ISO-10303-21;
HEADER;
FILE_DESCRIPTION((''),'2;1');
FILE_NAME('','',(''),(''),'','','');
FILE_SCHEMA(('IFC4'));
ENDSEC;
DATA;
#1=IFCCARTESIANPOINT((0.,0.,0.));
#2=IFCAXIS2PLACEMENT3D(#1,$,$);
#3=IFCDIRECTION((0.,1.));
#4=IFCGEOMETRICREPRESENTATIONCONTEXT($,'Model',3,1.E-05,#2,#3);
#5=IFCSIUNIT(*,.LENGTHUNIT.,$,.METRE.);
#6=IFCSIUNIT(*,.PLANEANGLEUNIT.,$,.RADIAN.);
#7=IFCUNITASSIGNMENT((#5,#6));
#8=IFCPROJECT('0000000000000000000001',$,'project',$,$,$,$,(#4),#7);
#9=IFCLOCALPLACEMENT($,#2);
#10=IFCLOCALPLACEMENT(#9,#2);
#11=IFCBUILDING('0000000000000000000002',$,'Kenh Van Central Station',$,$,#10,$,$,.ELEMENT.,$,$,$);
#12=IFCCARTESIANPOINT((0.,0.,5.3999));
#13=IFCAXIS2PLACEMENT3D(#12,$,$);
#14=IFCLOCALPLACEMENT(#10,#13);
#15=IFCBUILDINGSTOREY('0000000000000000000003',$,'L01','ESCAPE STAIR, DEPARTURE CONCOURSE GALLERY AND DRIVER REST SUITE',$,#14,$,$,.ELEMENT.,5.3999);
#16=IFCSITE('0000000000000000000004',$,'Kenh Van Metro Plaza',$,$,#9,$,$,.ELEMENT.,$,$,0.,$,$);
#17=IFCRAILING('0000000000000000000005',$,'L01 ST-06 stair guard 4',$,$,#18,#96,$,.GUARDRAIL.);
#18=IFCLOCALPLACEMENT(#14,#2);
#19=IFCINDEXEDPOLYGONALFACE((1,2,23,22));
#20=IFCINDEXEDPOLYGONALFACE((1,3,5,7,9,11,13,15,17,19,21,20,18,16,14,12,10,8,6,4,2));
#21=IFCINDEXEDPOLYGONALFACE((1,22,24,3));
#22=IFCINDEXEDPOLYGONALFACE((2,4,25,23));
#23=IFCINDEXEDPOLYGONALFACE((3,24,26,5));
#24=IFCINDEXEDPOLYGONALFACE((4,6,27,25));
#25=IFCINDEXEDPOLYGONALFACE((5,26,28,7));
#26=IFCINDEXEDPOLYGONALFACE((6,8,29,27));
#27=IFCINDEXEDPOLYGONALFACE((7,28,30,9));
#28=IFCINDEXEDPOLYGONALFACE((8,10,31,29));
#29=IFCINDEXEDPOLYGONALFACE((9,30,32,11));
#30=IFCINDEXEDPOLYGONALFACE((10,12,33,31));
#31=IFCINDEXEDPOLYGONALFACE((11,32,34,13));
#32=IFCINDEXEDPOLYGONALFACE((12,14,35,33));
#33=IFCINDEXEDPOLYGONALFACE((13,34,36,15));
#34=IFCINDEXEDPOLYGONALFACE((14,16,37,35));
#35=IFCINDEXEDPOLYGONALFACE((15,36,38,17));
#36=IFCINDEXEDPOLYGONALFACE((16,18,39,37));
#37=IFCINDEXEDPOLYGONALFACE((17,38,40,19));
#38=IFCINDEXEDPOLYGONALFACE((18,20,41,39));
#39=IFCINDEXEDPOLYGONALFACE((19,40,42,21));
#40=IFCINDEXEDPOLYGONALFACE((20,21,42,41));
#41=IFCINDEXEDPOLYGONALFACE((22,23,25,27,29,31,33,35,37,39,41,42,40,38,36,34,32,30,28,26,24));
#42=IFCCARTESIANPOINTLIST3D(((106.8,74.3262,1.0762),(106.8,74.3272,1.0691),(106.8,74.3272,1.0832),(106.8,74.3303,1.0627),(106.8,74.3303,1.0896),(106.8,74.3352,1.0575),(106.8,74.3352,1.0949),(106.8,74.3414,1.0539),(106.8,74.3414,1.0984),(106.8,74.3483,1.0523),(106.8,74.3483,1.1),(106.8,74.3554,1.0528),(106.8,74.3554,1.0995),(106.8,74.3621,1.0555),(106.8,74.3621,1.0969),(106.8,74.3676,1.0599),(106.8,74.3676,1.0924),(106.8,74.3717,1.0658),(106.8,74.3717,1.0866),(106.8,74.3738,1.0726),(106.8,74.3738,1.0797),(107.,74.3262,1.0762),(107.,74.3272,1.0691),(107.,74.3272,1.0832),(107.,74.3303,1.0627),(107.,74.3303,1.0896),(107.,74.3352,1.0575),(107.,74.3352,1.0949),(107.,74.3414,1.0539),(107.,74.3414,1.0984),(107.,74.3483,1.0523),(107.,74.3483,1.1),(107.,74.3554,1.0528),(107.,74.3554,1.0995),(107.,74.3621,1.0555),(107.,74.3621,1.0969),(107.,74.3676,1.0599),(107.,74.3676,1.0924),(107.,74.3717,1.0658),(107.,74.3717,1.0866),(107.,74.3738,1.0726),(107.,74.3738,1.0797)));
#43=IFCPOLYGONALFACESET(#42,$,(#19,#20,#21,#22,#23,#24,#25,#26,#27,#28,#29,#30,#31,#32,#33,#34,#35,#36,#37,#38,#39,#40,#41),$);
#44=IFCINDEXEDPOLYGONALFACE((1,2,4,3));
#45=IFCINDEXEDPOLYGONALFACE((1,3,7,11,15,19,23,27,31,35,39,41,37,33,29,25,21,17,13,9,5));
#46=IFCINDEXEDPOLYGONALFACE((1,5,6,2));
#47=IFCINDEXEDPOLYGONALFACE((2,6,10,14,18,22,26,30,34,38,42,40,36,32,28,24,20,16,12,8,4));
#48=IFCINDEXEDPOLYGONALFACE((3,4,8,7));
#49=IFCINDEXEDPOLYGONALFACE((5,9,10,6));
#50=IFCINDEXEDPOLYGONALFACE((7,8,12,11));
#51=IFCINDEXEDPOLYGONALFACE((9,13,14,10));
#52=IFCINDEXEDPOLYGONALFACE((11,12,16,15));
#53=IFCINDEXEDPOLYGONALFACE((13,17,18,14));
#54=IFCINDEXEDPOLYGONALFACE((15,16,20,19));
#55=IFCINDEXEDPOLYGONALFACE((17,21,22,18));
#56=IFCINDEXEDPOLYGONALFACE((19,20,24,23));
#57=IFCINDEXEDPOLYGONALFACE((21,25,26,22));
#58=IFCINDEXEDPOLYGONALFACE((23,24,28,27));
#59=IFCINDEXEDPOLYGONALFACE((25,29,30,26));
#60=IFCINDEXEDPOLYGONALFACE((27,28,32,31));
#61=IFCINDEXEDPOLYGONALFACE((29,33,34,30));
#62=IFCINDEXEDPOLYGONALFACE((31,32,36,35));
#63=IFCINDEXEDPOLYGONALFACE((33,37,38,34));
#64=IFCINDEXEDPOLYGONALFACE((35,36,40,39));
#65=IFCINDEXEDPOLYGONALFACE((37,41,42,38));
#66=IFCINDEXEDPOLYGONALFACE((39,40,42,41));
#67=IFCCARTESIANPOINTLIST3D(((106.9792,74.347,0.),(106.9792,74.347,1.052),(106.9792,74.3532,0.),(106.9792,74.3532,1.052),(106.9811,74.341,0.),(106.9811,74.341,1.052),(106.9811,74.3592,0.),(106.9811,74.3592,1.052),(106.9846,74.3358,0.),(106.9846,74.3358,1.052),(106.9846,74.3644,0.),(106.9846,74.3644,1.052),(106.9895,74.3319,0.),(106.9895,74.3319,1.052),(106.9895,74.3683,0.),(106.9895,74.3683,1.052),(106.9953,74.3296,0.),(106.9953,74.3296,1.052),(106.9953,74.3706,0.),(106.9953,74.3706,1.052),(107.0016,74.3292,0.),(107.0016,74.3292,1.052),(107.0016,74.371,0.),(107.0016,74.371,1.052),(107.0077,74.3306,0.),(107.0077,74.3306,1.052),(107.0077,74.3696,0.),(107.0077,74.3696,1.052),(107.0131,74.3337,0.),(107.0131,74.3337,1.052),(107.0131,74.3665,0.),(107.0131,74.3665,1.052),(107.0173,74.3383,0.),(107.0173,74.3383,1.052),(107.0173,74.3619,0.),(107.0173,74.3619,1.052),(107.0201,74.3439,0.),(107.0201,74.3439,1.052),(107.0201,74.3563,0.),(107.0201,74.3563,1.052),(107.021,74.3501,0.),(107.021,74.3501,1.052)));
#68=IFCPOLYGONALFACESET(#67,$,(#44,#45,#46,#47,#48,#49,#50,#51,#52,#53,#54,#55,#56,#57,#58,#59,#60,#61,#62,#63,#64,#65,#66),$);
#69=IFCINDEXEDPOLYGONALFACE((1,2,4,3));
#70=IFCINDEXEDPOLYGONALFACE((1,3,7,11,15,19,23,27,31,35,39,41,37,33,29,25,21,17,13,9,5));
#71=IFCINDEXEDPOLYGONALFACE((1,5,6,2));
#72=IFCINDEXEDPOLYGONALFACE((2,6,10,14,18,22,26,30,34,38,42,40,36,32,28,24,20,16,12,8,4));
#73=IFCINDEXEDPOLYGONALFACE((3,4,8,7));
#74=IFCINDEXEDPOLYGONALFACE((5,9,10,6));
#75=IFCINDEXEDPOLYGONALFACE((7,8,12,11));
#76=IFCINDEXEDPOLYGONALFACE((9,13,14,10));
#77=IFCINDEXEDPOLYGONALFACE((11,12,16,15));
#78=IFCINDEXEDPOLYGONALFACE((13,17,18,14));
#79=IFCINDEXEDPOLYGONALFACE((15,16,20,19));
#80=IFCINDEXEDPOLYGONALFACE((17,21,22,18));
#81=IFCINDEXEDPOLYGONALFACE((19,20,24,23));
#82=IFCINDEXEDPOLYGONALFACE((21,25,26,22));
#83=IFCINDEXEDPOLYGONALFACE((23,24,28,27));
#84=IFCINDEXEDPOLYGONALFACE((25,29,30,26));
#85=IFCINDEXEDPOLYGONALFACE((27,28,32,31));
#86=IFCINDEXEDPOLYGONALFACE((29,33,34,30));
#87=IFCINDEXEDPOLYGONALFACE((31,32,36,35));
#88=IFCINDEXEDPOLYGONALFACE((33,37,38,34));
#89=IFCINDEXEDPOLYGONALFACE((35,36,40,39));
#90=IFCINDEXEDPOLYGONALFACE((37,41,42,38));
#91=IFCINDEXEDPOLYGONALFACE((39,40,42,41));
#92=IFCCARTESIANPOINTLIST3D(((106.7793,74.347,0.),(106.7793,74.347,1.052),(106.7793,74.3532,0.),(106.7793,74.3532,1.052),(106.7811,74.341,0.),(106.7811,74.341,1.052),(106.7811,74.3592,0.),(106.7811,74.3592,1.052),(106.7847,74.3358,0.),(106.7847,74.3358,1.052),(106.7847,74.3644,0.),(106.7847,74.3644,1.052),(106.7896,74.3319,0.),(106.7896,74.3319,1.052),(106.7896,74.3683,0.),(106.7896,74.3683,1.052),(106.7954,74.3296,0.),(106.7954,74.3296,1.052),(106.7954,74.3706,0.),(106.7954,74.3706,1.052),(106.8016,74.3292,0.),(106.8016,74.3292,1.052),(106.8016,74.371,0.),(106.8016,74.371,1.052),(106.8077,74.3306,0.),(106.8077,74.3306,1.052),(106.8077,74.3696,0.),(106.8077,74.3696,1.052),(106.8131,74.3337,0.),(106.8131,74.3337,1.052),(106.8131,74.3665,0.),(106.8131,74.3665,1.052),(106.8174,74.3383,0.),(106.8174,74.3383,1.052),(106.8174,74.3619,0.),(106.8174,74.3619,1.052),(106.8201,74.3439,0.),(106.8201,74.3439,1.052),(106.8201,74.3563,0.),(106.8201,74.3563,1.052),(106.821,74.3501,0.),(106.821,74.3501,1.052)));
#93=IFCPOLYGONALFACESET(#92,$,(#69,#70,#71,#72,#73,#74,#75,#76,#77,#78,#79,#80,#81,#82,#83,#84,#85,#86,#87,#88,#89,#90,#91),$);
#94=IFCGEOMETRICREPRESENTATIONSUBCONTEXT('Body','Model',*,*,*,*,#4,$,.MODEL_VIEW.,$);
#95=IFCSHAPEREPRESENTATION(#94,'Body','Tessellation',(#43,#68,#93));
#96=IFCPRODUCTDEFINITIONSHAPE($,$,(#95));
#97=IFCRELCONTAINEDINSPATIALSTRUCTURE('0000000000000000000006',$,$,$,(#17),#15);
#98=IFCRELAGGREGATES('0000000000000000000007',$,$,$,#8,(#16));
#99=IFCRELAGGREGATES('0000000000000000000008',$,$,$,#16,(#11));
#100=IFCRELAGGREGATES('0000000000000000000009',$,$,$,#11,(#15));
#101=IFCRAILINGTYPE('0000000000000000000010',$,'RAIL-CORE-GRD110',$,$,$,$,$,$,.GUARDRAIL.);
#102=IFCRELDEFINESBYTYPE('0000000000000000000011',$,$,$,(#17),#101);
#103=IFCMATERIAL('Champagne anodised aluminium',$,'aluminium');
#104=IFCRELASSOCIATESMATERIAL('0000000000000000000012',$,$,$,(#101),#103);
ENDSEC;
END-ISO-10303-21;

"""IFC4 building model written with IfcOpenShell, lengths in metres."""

from ifc_helpers import new_model, si_unit, direction, frame, origin, origin_2d, place, context, subcontext, project, spatial, circle, extrude, material, type_object, element, save


model = new_model("IFC4")

# Units and contexts
model_context = context("Model", 3, precision=1e-05, world=origin(), true_north=direction((0.0, 1.0)))
body_context = subcontext(model_context, "Body", "Model", "MODEL_VIEW")
ifc_project = project(units=[si_unit("LENGTHUNIT", "METRE"), si_unit("PLANEANGLEUNIT", "RADIAN")], contexts=[model_context])

# Site, building, storey
site_placement = place(None, origin())
site = spatial("IfcSite", under=ifc_project, at=site_placement, Name="Kenh Van Metro Plaza", CompositionType="ELEMENT", RefElevation=0.0)
building_placement = place(site_placement, origin())
building = spatial("IfcBuilding", under=site, at=building_placement, Name="Kenh Van Central Station", CompositionType="ELEMENT")
storey_placement = place(building_placement, frame((0.0, 0.0, 5.3999)))
storey = spatial("IfcBuildingStorey", under=building, at=storey_placement, Name="L01", Description="ESCAPE STAIR, DEPARTURE CONCOURSE GALLERY AND DRIVER REST SUITE", CompositionType="ELEMENT", Elevation=5.3999)

# Shared definitions
ifc_material_1 = material(Name="Champagne anodised aluminium", Category="aluminium")

# Railing
railing_type_1 = type_object("IfcRailingType", Name="RAIL-CORE-GRD110", PredefinedType="GUARDRAIL", material=ifc_material_1)
railing_1_placement = place(storey_placement, frame((107.0, 74.3501, 0.0)))
element("IfcRailing", 1, at=railing_1_placement, inside=storey, type_object=railing_type_1, Name="L01 ST-06 stair guard 4", PredefinedType="GUARDRAIL", context=body_context, shape_type="SweptSolid", body=[
    extrude(circle(Radius=0.0239, at=origin_2d()), frame((0.0, 0.0, 1.0762), z_axis=(-1.0, 0.0, 0.0), x_axis=(0.0, -1.0, 0.0)), (0.0, 0.0, 1.0), 0.2),
    extrude(circle(Radius=0.021, at=origin_2d()), origin(), (0.0, 0.0, 1.0), 1.052),
    extrude(circle(Radius=0.021, at=origin_2d()), frame((-0.2, 0.0, 0.0)), (0.0, 0.0, 1.0), 1.052),
])

save(model, "model.ifc")
